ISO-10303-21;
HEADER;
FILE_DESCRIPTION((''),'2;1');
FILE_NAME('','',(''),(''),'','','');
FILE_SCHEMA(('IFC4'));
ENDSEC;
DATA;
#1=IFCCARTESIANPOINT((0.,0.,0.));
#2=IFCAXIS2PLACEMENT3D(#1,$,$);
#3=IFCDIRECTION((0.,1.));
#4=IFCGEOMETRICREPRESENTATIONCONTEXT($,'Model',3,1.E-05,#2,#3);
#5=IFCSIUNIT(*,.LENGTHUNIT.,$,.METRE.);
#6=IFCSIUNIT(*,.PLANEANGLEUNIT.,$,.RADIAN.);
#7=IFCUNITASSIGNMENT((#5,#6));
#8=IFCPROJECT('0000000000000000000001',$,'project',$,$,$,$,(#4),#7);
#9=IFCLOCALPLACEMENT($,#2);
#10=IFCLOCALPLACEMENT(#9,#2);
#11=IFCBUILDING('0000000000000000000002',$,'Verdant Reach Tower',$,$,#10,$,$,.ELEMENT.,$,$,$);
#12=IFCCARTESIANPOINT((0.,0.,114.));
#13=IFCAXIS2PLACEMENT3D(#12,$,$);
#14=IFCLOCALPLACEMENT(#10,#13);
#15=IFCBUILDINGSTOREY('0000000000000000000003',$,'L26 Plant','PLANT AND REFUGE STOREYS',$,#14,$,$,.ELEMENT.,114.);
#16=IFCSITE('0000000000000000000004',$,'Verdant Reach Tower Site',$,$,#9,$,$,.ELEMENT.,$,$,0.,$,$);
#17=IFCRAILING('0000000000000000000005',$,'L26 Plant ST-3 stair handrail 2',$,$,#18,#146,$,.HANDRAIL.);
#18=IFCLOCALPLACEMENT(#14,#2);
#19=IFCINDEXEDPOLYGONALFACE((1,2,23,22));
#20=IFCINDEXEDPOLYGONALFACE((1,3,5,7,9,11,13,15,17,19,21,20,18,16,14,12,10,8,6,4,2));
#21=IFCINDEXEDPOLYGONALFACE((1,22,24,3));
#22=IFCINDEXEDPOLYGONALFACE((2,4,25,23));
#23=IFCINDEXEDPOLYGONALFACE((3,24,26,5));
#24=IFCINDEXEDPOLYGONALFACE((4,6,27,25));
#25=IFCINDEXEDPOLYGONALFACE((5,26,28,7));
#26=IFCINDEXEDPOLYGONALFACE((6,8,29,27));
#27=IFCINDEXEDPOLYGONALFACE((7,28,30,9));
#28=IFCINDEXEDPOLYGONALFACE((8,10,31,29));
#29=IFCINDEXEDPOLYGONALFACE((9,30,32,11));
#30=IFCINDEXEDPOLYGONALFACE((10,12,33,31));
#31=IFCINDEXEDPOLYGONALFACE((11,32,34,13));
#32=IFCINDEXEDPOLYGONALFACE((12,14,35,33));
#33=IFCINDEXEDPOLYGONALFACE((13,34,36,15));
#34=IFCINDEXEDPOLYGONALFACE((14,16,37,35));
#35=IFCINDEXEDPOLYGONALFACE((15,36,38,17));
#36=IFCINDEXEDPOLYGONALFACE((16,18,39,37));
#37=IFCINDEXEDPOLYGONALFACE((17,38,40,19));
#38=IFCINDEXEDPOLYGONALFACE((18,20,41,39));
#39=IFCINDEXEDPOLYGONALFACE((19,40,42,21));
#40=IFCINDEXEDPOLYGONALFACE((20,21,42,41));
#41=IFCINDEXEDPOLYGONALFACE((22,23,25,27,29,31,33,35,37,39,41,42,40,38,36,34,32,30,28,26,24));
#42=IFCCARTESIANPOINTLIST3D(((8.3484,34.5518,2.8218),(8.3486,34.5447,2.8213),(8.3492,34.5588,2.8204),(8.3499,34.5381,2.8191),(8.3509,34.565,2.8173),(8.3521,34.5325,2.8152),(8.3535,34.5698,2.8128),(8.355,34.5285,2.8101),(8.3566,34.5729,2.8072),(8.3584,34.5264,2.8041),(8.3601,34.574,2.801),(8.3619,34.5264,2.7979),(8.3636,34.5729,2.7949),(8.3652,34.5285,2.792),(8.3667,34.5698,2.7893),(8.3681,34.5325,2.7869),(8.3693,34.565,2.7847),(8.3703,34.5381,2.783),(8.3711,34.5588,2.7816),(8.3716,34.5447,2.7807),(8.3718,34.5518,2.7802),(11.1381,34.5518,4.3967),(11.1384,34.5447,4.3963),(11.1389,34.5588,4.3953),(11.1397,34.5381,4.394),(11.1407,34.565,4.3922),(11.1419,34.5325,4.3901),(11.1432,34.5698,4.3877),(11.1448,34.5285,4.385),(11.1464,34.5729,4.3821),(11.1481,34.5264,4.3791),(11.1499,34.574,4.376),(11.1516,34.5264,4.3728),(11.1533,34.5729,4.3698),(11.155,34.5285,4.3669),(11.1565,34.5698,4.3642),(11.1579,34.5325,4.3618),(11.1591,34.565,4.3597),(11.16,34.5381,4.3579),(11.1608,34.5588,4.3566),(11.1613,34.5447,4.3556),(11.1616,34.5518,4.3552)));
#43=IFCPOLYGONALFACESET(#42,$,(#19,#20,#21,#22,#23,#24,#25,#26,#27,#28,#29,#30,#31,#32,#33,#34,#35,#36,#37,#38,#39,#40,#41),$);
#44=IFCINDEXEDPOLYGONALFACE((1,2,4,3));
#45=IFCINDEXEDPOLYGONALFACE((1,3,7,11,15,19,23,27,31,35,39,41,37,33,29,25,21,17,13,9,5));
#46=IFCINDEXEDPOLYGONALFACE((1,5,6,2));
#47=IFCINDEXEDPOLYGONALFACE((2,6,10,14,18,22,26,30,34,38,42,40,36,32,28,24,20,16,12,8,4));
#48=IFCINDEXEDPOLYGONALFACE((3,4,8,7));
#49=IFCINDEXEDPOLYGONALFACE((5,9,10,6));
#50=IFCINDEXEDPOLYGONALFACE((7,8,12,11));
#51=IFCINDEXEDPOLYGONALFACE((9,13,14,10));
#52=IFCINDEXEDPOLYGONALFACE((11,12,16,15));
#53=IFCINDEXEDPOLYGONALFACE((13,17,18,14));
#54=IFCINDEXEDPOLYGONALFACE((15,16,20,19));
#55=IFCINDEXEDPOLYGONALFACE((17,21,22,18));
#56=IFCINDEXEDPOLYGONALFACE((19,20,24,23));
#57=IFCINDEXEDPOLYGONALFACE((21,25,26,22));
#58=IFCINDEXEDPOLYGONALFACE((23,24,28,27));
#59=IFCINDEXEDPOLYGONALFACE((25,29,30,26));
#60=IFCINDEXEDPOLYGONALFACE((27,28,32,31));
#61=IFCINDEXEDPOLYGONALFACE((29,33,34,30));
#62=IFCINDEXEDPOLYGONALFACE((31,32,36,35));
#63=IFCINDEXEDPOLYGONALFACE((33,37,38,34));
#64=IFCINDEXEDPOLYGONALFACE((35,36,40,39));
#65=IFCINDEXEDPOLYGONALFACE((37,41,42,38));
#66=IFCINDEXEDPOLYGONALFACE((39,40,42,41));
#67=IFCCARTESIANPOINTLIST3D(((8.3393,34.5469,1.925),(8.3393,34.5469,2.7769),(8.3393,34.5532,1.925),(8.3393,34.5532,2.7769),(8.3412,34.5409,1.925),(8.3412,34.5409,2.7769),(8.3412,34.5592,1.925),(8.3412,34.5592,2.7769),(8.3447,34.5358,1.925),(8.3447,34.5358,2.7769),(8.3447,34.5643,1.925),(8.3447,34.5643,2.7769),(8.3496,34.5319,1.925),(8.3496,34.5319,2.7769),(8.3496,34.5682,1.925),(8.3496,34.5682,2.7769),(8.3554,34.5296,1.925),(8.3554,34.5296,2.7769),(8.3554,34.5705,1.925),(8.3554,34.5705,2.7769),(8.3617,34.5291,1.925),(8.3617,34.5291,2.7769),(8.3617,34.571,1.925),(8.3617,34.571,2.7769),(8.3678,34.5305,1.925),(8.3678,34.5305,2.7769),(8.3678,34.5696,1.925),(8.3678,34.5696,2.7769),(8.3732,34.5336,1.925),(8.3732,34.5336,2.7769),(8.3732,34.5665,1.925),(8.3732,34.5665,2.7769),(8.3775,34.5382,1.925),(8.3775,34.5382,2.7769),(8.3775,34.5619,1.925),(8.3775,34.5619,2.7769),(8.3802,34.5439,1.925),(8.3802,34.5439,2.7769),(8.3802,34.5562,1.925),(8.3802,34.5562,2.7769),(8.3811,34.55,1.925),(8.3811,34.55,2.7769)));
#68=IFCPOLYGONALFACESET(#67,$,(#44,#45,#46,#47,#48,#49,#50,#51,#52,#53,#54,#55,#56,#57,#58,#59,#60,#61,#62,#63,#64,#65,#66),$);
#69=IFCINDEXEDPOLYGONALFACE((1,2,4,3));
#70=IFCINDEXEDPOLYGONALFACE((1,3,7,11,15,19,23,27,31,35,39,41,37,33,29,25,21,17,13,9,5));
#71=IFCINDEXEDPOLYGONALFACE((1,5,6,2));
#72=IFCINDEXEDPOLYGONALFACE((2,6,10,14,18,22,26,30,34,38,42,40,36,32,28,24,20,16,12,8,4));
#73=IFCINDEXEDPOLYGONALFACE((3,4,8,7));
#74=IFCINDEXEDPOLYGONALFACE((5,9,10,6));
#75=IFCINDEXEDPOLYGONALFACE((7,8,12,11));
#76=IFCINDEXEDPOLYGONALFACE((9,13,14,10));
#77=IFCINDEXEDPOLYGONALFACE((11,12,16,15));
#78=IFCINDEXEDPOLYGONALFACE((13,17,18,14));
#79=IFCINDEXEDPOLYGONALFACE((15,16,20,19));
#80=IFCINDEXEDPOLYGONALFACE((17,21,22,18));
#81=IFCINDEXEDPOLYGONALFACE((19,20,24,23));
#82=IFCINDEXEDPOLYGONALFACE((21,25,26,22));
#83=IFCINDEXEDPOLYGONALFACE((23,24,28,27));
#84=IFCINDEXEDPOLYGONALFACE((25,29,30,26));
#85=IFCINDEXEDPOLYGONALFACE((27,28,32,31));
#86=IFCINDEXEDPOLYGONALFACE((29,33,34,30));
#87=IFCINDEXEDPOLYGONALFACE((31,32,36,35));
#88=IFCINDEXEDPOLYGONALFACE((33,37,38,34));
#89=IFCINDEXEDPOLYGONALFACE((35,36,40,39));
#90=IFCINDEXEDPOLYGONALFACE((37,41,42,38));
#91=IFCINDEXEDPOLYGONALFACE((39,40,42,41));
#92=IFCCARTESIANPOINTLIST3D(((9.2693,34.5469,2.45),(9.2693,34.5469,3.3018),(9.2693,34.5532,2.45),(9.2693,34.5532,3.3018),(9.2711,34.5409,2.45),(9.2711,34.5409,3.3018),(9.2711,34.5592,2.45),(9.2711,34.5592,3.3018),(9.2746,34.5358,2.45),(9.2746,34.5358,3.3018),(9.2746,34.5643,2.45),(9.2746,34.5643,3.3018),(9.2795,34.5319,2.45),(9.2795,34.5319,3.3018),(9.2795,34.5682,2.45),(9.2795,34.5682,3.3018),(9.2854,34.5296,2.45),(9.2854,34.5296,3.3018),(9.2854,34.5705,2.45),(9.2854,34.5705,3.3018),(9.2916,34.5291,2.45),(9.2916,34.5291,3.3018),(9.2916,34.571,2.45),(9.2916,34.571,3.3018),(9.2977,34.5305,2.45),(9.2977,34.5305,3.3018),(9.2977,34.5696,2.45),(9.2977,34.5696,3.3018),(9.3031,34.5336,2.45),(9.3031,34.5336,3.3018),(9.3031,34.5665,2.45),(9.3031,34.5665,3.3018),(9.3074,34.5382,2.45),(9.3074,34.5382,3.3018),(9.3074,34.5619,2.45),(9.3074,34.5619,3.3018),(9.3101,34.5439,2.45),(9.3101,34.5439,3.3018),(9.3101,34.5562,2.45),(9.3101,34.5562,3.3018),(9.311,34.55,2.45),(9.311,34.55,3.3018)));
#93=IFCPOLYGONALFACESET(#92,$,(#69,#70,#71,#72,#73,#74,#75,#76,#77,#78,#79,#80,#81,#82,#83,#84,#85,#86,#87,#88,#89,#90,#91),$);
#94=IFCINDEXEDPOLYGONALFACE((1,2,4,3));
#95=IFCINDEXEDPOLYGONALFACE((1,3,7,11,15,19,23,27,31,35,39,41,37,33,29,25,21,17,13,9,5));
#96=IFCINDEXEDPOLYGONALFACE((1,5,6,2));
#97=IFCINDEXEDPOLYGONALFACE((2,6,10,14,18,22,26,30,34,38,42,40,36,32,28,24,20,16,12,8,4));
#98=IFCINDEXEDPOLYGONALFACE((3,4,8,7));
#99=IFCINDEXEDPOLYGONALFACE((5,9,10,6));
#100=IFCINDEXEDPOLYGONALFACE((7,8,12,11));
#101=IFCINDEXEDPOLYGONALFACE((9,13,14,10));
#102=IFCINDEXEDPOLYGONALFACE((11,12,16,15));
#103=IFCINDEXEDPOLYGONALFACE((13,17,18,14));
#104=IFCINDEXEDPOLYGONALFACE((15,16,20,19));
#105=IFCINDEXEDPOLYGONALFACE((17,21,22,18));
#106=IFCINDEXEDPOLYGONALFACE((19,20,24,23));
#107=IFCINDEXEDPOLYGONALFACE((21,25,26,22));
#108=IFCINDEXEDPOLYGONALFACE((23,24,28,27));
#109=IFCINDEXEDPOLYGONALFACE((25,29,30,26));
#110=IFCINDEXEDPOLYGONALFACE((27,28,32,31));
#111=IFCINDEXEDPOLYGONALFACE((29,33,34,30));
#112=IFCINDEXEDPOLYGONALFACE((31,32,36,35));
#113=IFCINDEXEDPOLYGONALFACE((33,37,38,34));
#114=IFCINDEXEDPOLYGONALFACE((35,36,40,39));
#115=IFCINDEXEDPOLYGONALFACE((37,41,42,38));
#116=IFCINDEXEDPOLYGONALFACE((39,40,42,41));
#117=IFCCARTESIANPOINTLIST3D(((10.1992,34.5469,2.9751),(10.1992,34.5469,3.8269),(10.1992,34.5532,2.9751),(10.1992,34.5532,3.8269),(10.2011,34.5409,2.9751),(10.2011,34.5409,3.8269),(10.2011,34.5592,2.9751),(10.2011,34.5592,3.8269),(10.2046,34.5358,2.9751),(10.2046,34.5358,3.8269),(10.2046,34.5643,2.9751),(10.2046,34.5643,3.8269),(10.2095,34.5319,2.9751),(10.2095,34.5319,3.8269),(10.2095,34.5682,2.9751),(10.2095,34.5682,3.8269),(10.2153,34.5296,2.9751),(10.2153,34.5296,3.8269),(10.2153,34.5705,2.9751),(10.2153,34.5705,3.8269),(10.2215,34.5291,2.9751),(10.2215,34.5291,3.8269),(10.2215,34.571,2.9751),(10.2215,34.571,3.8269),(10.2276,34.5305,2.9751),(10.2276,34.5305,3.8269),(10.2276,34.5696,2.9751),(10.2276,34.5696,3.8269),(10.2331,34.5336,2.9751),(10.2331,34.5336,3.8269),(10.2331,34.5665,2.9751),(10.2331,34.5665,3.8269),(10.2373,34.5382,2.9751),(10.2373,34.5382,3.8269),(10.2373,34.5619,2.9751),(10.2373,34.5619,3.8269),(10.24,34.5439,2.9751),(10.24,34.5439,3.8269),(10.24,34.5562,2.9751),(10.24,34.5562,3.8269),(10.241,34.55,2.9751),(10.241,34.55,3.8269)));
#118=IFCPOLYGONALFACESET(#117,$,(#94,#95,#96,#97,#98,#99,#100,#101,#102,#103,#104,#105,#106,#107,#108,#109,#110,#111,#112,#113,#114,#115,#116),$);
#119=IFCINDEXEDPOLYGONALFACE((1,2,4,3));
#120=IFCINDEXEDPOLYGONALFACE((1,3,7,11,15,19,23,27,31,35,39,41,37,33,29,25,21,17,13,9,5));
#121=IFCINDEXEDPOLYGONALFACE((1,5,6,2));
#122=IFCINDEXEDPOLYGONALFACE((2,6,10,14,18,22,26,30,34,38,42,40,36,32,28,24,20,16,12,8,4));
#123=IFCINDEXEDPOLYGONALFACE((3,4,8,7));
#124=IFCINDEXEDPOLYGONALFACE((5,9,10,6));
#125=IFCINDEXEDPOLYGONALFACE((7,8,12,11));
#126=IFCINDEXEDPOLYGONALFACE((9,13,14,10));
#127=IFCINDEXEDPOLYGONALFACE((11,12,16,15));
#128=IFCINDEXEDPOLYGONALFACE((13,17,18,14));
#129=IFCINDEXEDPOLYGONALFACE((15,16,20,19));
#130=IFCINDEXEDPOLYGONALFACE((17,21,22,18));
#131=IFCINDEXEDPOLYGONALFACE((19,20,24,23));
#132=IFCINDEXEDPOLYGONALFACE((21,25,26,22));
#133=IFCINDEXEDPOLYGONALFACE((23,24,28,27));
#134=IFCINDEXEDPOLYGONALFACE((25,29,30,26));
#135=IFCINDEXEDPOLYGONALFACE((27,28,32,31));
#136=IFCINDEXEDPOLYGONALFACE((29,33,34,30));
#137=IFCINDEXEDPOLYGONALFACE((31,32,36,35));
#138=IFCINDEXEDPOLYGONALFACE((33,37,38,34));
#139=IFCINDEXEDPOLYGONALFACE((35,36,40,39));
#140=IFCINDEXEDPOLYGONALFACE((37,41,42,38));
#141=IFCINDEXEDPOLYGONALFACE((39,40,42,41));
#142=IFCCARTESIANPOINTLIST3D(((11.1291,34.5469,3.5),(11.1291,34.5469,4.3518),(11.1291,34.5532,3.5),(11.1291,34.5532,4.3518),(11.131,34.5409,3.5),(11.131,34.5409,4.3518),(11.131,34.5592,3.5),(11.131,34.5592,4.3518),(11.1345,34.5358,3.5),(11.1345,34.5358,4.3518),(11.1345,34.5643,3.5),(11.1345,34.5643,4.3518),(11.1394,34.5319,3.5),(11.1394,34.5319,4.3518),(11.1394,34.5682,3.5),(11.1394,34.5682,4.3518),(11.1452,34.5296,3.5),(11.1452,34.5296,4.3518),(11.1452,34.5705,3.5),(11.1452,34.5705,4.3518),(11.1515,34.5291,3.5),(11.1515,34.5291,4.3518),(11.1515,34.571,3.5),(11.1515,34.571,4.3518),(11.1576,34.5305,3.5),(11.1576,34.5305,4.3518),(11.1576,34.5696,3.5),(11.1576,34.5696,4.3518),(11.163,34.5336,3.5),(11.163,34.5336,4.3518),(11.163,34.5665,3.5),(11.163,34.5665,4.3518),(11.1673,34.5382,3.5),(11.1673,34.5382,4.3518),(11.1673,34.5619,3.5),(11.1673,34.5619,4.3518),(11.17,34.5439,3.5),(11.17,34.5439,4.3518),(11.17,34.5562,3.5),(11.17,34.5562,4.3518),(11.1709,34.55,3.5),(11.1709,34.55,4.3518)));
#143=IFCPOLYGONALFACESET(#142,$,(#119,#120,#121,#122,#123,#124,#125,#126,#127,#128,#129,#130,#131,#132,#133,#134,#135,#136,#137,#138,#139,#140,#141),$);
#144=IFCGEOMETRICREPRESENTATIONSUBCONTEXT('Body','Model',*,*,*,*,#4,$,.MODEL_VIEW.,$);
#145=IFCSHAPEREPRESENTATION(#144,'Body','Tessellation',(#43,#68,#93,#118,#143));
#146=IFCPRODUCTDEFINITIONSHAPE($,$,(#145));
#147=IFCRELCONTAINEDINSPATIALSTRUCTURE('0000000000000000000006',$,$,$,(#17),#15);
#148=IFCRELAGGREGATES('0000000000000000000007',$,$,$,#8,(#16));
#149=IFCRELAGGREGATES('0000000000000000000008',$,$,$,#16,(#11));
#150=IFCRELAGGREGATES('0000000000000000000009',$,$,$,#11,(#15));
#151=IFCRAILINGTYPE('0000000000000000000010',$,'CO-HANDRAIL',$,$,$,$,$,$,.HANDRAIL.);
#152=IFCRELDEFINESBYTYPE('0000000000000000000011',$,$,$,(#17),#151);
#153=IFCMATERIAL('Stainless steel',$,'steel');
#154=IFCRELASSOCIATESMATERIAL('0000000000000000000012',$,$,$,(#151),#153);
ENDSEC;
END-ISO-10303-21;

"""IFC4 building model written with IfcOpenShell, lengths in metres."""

from ifc_helpers import new_model, si_unit, direction, frame, origin, origin_2d, place, context, subcontext, project, spatial, circle, extrude, material, type_object, element, save


model = new_model("IFC4")

# Units and contexts
model_context = context("Model", 3, precision=1e-05, world=origin(), true_north=direction((0.0, 1.0)))
body_context = subcontext(model_context, "Body", "Model", "MODEL_VIEW")
ifc_project = project(units=[si_unit("LENGTHUNIT", "METRE"), si_unit("PLANEANGLEUNIT", "RADIAN")], contexts=[model_context])

# Site, building, storey
site_placement = place(None, origin())
site = spatial("IfcSite", under=ifc_project, at=site_placement, Name="Verdant Reach Tower Site", CompositionType="ELEMENT", RefElevation=0.0)
building_placement = place(site_placement, origin())
building = spatial("IfcBuilding", under=site, at=building_placement, Name="Verdant Reach Tower", CompositionType="ELEMENT")
storey_placement = place(building_placement, frame((0.0, 0.0, 114.0)))
storey = spatial("IfcBuildingStorey", under=building, at=storey_placement, Name="L26 Plant", Description="PLANT AND REFUGE STOREYS", CompositionType="ELEMENT", Elevation=114.0)

# Railing
ifc_material_1 = material(Name="Stainless steel", Category="steel")
railing_type_1 = type_object("IfcRailingType", Name="CO-HANDRAIL", PredefinedType="HANDRAIL", material=ifc_material_1)
railing_1_placement = place(storey_placement, frame((8.3601, 34.55, 1.925)))
element("IfcRailing", 1, at=railing_1_placement, inside=storey, type_object=railing_type_1, Name="L26 Plant ST-3 stair handrail 2", PredefinedType="HANDRAIL", context=body_context, shape_type="SweptSolid", body=[
    extrude(circle(Radius=0.0239, at=origin_2d()), frame((0.0, 0.0, 0.876), z_axis=(0.870815, 0.0, 0.49161), x_axis=(0.0, 1.0, 0.0)), (0.0, 0.0, 1.0), 3.2036),
    extrude(circle(Radius=0.021, at=origin_2d()), origin(), (0.0, 0.0, 1.0), 0.8518),
    extrude(circle(Radius=0.021, at=origin_2d()), frame((0.9299, 0.0, 0.5249)), (0.0, 0.0, 1.0), 0.8518),
    extrude(circle(Radius=0.021, at=origin_2d()), frame((1.8599, 0.0, 1.05)), (0.0, 0.0, 1.0), 0.8518),
    extrude(circle(Radius=0.021, at=origin_2d()), frame((2.7898, 0.0, 1.575)), (0.0, 0.0, 1.0), 0.8518),
])

save(model, "model.ifc")
